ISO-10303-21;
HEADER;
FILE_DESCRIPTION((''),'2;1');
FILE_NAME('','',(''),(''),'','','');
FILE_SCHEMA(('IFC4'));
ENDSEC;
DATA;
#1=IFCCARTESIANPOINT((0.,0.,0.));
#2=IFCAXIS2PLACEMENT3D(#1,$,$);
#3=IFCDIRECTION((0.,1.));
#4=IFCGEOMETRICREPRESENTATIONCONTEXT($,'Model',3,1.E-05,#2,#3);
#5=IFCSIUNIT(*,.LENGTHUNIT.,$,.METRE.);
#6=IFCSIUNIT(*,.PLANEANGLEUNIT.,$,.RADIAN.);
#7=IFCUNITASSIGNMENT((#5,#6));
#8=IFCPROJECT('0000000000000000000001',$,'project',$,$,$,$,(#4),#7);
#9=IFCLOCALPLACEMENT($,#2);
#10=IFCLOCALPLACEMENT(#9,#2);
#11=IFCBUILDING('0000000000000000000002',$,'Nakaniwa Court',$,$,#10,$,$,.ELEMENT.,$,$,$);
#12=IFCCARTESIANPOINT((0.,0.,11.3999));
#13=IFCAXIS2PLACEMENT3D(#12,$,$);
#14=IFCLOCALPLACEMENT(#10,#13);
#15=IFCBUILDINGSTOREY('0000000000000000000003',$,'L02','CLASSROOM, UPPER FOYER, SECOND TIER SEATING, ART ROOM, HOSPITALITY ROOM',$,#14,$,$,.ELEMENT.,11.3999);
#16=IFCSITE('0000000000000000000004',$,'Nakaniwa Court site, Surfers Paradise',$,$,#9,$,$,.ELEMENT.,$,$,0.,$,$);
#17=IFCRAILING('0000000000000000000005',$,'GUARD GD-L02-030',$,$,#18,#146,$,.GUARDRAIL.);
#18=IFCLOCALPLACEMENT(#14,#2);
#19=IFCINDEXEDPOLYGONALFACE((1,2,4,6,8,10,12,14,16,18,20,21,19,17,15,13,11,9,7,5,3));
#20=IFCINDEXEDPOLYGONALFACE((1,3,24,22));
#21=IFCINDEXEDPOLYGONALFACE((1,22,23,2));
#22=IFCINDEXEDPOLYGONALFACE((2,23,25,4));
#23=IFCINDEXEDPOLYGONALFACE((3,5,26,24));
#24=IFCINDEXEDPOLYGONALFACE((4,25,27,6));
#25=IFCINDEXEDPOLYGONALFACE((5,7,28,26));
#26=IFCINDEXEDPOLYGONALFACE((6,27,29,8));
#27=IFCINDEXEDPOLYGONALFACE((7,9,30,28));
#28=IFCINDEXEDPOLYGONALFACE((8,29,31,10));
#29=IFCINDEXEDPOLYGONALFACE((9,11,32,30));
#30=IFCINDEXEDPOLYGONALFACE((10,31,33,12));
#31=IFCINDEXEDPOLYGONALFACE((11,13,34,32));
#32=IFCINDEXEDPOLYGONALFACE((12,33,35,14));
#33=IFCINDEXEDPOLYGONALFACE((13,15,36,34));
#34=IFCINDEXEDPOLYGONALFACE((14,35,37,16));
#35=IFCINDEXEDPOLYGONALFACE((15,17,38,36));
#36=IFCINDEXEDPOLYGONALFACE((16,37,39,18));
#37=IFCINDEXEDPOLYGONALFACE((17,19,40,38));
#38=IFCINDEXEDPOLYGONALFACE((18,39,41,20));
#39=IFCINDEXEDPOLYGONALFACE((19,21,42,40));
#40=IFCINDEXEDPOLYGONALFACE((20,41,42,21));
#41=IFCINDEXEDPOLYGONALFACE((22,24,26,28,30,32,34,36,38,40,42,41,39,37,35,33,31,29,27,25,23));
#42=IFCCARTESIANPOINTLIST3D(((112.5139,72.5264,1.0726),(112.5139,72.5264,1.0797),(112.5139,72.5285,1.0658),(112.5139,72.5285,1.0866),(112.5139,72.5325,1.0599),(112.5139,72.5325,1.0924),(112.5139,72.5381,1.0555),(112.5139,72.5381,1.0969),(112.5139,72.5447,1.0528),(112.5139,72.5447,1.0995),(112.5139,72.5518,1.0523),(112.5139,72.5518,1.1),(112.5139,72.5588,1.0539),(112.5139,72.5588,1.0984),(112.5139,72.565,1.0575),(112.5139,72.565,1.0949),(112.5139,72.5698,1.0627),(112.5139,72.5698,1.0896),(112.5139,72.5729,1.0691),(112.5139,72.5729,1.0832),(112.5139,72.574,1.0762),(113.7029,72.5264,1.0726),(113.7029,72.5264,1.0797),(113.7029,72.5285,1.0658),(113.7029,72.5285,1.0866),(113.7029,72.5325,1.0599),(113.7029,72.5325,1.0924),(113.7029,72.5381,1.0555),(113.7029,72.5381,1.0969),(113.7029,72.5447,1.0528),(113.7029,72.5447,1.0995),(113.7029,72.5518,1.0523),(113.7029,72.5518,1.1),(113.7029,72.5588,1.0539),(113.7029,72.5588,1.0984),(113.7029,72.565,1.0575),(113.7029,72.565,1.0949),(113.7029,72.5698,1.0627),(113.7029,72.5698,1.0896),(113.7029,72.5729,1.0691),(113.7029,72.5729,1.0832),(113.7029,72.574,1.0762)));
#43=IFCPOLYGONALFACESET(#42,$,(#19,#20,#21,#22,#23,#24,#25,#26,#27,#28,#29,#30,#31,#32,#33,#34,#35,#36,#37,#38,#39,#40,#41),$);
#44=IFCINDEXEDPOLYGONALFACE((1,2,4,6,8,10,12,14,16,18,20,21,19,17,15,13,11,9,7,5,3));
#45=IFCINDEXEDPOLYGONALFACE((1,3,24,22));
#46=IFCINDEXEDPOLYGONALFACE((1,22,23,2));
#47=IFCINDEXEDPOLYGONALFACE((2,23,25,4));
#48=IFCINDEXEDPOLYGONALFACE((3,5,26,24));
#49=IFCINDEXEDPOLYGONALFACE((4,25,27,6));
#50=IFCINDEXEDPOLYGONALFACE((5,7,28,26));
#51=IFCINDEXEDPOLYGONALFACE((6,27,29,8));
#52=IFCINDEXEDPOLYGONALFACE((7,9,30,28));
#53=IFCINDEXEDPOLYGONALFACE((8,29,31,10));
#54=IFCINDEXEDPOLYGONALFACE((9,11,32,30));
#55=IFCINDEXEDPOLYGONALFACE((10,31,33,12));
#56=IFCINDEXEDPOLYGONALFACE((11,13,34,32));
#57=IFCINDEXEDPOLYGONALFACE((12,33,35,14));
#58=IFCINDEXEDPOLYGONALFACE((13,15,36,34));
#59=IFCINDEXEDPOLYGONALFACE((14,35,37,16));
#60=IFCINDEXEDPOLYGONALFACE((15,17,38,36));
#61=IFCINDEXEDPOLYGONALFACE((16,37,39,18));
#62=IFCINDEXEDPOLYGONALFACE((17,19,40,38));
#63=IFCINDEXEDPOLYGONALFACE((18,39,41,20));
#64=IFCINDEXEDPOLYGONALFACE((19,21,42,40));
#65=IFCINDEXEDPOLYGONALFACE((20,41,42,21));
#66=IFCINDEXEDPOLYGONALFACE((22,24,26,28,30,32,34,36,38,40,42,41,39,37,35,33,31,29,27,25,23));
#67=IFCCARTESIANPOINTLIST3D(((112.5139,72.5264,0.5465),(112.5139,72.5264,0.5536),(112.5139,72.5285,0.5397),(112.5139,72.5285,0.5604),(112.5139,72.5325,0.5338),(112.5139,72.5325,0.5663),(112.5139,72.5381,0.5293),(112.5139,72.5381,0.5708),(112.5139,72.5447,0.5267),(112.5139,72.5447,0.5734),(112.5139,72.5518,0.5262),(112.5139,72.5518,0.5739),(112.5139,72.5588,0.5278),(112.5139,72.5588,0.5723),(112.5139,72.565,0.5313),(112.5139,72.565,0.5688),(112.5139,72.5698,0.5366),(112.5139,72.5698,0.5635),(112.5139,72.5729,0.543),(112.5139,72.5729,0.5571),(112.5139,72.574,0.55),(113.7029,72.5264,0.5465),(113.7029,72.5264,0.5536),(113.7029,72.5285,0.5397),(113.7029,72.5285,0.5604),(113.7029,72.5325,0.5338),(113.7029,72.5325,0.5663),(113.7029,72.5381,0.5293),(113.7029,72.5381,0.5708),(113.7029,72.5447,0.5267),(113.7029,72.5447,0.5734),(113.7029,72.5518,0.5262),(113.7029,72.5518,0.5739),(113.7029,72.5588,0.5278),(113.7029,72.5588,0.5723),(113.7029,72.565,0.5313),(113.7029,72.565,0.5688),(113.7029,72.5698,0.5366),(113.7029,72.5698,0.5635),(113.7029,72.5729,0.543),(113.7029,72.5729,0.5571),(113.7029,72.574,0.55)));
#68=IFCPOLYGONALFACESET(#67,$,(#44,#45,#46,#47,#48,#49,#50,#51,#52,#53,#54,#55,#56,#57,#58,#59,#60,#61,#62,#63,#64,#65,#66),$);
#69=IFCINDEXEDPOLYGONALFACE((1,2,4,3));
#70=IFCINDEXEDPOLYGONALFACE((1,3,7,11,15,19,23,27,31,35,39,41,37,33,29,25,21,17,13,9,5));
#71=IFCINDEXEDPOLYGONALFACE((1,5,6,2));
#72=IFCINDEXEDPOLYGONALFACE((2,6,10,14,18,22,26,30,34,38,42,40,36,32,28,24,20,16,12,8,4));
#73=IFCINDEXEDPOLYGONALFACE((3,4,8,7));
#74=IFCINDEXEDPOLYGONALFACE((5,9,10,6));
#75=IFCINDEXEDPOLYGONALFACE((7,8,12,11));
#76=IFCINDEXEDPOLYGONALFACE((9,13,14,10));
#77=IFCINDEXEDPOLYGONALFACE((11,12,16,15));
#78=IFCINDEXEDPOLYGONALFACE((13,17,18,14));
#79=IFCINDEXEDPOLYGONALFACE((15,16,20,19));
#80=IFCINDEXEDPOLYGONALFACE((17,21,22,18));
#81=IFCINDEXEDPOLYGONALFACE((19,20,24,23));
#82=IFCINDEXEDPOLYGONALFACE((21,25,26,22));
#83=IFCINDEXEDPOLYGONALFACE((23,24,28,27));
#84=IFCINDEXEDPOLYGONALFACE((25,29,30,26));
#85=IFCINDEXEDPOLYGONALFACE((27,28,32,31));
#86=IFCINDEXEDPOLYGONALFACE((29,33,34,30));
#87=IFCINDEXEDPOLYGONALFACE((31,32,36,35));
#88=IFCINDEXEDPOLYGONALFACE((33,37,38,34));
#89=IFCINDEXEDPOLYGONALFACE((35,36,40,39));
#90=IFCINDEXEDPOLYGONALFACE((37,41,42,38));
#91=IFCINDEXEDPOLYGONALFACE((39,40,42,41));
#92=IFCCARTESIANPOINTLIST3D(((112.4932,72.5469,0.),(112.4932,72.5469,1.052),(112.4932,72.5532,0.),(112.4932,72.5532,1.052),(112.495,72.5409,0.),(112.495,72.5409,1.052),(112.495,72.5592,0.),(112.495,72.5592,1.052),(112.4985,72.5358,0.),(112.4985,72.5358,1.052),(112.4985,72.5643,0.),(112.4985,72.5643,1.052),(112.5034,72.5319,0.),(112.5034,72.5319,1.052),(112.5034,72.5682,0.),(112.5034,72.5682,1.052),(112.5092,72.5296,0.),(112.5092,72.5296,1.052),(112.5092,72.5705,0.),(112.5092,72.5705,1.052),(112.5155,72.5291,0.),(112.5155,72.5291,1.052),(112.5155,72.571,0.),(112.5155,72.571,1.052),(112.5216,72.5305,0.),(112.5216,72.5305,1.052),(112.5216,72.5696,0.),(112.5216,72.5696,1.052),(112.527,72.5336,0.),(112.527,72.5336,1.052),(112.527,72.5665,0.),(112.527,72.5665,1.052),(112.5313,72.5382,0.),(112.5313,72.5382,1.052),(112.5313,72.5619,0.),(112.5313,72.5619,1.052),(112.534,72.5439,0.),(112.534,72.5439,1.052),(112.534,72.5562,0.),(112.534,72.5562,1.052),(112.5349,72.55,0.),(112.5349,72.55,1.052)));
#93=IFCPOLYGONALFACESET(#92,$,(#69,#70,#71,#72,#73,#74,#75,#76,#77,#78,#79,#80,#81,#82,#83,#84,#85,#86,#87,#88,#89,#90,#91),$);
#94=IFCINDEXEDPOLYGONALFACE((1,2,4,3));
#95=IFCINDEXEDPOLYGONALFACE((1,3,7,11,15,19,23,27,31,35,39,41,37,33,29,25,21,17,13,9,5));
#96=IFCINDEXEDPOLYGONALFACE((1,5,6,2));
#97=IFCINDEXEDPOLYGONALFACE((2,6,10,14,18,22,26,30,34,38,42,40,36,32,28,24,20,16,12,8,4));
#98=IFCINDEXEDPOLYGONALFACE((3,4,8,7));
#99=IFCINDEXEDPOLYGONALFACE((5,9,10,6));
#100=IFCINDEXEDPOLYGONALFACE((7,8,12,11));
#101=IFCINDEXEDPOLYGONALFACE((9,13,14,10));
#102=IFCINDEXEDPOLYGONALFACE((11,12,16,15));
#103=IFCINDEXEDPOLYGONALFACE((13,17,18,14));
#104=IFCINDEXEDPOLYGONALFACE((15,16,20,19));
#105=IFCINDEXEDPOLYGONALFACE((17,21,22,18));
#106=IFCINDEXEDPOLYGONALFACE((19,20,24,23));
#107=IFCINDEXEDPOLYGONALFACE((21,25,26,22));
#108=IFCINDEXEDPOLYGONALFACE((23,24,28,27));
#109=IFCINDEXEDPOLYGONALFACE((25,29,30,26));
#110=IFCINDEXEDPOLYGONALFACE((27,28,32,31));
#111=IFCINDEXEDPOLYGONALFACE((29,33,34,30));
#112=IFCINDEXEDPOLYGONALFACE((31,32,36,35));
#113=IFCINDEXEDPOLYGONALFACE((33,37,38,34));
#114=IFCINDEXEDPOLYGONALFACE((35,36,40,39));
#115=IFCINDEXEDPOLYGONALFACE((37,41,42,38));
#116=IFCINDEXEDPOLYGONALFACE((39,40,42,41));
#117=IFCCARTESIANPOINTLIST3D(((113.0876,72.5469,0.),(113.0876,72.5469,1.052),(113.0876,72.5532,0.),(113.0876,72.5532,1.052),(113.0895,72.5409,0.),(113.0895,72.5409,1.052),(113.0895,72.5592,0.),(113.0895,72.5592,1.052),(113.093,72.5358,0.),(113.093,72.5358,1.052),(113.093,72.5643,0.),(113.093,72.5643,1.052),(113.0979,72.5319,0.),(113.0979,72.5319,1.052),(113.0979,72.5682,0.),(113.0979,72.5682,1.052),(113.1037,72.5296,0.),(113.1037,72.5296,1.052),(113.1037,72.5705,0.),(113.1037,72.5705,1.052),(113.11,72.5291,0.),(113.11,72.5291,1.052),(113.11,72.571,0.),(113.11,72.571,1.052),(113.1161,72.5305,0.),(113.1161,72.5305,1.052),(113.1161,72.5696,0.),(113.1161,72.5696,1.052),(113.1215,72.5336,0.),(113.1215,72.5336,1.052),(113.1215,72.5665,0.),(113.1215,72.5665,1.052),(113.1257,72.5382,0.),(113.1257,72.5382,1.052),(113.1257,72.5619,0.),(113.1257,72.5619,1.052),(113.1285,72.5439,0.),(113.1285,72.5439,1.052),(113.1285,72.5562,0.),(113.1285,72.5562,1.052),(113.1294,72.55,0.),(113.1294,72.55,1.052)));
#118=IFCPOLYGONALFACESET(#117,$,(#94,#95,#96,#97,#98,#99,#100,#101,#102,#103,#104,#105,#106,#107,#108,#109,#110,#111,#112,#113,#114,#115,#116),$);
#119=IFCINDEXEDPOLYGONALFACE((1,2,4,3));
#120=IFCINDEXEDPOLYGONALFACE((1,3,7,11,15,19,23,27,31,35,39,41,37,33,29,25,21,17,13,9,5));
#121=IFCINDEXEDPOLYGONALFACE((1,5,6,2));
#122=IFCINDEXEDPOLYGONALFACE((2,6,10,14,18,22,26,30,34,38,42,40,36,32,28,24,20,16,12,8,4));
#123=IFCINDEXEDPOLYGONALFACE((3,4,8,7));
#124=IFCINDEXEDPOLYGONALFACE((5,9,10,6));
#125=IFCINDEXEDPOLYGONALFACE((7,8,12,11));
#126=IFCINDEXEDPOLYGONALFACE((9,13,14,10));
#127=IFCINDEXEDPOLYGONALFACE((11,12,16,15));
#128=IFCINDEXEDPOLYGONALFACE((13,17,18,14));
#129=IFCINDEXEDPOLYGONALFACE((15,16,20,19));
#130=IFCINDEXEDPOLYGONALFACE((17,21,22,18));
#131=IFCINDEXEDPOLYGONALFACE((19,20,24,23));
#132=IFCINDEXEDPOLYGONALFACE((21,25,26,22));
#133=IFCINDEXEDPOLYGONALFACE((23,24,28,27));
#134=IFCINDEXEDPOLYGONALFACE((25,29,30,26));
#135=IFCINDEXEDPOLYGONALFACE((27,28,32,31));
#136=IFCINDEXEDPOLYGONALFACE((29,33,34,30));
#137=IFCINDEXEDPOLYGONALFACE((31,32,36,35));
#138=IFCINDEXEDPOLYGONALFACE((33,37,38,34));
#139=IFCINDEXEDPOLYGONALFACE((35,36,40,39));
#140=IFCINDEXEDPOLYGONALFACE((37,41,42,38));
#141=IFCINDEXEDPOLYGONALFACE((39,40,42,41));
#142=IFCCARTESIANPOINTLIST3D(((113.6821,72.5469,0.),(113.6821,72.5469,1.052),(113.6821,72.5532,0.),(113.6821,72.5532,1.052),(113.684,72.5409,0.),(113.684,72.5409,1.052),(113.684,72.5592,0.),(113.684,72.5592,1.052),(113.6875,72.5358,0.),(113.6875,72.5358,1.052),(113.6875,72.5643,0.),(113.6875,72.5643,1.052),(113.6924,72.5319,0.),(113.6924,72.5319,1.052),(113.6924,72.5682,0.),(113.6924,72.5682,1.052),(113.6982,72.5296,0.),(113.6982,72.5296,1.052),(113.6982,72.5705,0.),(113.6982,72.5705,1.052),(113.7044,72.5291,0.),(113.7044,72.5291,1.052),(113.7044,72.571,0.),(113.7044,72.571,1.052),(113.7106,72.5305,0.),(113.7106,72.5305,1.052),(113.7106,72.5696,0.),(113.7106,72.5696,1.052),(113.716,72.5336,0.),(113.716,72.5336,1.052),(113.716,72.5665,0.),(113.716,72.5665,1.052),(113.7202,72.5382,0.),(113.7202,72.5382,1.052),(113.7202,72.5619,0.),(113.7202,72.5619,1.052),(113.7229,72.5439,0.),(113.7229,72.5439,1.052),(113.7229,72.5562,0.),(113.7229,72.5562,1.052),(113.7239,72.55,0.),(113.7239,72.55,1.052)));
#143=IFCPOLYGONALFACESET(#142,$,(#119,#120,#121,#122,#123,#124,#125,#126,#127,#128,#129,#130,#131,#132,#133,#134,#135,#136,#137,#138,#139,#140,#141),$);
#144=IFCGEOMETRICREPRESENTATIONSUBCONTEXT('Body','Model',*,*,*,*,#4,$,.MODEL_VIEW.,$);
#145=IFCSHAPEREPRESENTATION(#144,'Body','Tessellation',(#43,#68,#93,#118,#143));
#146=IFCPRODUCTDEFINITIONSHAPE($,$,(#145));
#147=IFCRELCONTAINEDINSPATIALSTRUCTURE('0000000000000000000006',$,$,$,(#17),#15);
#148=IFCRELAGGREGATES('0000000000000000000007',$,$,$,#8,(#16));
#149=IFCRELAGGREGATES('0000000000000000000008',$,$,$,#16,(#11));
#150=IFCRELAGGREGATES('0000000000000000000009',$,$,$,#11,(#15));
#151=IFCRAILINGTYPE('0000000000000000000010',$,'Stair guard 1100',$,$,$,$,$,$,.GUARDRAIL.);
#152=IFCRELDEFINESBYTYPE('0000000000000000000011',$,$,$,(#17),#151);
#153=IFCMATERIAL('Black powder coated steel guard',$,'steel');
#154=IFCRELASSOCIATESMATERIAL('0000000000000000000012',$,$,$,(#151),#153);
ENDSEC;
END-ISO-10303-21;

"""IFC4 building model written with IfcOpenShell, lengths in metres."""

from ifc_helpers import new_model, si_unit, direction, frame, origin, origin_2d, place, context, subcontext, project, spatial, circle, extrude, material, type_object, element, save


model = new_model("IFC4")

# Units and contexts
model_context = context("Model", 3, precision=1e-05, world=origin(), true_north=direction((0.0, 1.0)))
body_context = subcontext(model_context, "Body", "Model", "MODEL_VIEW")
ifc_project = project(units=[si_unit("LENGTHUNIT", "METRE"), si_unit("PLANEANGLEUNIT", "RADIAN")], contexts=[model_context])

# Site, building, storey
site_placement = place(None, origin())
site = spatial("IfcSite", under=ifc_project, at=site_placement, Name="Nakaniwa Court site, Surfers Paradise", CompositionType="ELEMENT", RefElevation=0.0)
building_placement = place(site_placement, origin())
building = spatial("IfcBuilding", under=site, at=building_placement, Name="Nakaniwa Court", CompositionType="ELEMENT")
storey_placement = place(building_placement, frame((0.0, 0.0, 11.3999)))
storey = spatial("IfcBuildingStorey", under=building, at=storey_placement, Name="L02", Description="CLASSROOM, UPPER FOYER, SECOND TIER SEATING, ART ROOM, HOSPITALITY ROOM", CompositionType="ELEMENT", Elevation=11.3999)

# Railing
ifc_material_1 = material(Name="Black powder coated steel guard", Category="steel")
railing_type = type_object("IfcRailingType", Name="Stair guard 1100", PredefinedType="GUARDRAIL", material=ifc_material_1)
railing_placement = place(storey_placement, frame((112.5139, 72.55, 0.0)))
element("IfcRailing", 1, at=railing_placement, inside=storey, type_object=railing_type, Name="GUARD GD-L02-030", PredefinedType="GUARDRAIL", context=body_context, shape_type="SweptSolid", body=[
    extrude(circle(Radius=0.0239, at=origin_2d()), frame((0.0, 0.0, 1.0762), z_axis=(1.0, 0.0, 0.0), x_axis=(0.0, 1.0, 0.0)), (0.0, 0.0, 1.0), 1.189),
    extrude(circle(Radius=0.0239, at=origin_2d()), frame((0.0, 0.0, 0.55), z_axis=(1.0, 0.0, 0.0), x_axis=(0.0, 1.0, 0.0)), (0.0, 0.0, 1.0), 1.189),
    extrude(circle(Radius=0.021, at=origin_2d()), origin(), (0.0, 0.0, 1.0), 1.052),
    extrude(circle(Radius=0.021, at=origin_2d()), frame((0.5945, 0.0, 0.0)), (0.0, 0.0, 1.0), 1.052),
    extrude(circle(Radius=0.021, at=origin_2d()), frame((1.189, 0.0, 0.0)), (0.0, 0.0, 1.0), 1.052),
])

save(model, "model.ifc")
